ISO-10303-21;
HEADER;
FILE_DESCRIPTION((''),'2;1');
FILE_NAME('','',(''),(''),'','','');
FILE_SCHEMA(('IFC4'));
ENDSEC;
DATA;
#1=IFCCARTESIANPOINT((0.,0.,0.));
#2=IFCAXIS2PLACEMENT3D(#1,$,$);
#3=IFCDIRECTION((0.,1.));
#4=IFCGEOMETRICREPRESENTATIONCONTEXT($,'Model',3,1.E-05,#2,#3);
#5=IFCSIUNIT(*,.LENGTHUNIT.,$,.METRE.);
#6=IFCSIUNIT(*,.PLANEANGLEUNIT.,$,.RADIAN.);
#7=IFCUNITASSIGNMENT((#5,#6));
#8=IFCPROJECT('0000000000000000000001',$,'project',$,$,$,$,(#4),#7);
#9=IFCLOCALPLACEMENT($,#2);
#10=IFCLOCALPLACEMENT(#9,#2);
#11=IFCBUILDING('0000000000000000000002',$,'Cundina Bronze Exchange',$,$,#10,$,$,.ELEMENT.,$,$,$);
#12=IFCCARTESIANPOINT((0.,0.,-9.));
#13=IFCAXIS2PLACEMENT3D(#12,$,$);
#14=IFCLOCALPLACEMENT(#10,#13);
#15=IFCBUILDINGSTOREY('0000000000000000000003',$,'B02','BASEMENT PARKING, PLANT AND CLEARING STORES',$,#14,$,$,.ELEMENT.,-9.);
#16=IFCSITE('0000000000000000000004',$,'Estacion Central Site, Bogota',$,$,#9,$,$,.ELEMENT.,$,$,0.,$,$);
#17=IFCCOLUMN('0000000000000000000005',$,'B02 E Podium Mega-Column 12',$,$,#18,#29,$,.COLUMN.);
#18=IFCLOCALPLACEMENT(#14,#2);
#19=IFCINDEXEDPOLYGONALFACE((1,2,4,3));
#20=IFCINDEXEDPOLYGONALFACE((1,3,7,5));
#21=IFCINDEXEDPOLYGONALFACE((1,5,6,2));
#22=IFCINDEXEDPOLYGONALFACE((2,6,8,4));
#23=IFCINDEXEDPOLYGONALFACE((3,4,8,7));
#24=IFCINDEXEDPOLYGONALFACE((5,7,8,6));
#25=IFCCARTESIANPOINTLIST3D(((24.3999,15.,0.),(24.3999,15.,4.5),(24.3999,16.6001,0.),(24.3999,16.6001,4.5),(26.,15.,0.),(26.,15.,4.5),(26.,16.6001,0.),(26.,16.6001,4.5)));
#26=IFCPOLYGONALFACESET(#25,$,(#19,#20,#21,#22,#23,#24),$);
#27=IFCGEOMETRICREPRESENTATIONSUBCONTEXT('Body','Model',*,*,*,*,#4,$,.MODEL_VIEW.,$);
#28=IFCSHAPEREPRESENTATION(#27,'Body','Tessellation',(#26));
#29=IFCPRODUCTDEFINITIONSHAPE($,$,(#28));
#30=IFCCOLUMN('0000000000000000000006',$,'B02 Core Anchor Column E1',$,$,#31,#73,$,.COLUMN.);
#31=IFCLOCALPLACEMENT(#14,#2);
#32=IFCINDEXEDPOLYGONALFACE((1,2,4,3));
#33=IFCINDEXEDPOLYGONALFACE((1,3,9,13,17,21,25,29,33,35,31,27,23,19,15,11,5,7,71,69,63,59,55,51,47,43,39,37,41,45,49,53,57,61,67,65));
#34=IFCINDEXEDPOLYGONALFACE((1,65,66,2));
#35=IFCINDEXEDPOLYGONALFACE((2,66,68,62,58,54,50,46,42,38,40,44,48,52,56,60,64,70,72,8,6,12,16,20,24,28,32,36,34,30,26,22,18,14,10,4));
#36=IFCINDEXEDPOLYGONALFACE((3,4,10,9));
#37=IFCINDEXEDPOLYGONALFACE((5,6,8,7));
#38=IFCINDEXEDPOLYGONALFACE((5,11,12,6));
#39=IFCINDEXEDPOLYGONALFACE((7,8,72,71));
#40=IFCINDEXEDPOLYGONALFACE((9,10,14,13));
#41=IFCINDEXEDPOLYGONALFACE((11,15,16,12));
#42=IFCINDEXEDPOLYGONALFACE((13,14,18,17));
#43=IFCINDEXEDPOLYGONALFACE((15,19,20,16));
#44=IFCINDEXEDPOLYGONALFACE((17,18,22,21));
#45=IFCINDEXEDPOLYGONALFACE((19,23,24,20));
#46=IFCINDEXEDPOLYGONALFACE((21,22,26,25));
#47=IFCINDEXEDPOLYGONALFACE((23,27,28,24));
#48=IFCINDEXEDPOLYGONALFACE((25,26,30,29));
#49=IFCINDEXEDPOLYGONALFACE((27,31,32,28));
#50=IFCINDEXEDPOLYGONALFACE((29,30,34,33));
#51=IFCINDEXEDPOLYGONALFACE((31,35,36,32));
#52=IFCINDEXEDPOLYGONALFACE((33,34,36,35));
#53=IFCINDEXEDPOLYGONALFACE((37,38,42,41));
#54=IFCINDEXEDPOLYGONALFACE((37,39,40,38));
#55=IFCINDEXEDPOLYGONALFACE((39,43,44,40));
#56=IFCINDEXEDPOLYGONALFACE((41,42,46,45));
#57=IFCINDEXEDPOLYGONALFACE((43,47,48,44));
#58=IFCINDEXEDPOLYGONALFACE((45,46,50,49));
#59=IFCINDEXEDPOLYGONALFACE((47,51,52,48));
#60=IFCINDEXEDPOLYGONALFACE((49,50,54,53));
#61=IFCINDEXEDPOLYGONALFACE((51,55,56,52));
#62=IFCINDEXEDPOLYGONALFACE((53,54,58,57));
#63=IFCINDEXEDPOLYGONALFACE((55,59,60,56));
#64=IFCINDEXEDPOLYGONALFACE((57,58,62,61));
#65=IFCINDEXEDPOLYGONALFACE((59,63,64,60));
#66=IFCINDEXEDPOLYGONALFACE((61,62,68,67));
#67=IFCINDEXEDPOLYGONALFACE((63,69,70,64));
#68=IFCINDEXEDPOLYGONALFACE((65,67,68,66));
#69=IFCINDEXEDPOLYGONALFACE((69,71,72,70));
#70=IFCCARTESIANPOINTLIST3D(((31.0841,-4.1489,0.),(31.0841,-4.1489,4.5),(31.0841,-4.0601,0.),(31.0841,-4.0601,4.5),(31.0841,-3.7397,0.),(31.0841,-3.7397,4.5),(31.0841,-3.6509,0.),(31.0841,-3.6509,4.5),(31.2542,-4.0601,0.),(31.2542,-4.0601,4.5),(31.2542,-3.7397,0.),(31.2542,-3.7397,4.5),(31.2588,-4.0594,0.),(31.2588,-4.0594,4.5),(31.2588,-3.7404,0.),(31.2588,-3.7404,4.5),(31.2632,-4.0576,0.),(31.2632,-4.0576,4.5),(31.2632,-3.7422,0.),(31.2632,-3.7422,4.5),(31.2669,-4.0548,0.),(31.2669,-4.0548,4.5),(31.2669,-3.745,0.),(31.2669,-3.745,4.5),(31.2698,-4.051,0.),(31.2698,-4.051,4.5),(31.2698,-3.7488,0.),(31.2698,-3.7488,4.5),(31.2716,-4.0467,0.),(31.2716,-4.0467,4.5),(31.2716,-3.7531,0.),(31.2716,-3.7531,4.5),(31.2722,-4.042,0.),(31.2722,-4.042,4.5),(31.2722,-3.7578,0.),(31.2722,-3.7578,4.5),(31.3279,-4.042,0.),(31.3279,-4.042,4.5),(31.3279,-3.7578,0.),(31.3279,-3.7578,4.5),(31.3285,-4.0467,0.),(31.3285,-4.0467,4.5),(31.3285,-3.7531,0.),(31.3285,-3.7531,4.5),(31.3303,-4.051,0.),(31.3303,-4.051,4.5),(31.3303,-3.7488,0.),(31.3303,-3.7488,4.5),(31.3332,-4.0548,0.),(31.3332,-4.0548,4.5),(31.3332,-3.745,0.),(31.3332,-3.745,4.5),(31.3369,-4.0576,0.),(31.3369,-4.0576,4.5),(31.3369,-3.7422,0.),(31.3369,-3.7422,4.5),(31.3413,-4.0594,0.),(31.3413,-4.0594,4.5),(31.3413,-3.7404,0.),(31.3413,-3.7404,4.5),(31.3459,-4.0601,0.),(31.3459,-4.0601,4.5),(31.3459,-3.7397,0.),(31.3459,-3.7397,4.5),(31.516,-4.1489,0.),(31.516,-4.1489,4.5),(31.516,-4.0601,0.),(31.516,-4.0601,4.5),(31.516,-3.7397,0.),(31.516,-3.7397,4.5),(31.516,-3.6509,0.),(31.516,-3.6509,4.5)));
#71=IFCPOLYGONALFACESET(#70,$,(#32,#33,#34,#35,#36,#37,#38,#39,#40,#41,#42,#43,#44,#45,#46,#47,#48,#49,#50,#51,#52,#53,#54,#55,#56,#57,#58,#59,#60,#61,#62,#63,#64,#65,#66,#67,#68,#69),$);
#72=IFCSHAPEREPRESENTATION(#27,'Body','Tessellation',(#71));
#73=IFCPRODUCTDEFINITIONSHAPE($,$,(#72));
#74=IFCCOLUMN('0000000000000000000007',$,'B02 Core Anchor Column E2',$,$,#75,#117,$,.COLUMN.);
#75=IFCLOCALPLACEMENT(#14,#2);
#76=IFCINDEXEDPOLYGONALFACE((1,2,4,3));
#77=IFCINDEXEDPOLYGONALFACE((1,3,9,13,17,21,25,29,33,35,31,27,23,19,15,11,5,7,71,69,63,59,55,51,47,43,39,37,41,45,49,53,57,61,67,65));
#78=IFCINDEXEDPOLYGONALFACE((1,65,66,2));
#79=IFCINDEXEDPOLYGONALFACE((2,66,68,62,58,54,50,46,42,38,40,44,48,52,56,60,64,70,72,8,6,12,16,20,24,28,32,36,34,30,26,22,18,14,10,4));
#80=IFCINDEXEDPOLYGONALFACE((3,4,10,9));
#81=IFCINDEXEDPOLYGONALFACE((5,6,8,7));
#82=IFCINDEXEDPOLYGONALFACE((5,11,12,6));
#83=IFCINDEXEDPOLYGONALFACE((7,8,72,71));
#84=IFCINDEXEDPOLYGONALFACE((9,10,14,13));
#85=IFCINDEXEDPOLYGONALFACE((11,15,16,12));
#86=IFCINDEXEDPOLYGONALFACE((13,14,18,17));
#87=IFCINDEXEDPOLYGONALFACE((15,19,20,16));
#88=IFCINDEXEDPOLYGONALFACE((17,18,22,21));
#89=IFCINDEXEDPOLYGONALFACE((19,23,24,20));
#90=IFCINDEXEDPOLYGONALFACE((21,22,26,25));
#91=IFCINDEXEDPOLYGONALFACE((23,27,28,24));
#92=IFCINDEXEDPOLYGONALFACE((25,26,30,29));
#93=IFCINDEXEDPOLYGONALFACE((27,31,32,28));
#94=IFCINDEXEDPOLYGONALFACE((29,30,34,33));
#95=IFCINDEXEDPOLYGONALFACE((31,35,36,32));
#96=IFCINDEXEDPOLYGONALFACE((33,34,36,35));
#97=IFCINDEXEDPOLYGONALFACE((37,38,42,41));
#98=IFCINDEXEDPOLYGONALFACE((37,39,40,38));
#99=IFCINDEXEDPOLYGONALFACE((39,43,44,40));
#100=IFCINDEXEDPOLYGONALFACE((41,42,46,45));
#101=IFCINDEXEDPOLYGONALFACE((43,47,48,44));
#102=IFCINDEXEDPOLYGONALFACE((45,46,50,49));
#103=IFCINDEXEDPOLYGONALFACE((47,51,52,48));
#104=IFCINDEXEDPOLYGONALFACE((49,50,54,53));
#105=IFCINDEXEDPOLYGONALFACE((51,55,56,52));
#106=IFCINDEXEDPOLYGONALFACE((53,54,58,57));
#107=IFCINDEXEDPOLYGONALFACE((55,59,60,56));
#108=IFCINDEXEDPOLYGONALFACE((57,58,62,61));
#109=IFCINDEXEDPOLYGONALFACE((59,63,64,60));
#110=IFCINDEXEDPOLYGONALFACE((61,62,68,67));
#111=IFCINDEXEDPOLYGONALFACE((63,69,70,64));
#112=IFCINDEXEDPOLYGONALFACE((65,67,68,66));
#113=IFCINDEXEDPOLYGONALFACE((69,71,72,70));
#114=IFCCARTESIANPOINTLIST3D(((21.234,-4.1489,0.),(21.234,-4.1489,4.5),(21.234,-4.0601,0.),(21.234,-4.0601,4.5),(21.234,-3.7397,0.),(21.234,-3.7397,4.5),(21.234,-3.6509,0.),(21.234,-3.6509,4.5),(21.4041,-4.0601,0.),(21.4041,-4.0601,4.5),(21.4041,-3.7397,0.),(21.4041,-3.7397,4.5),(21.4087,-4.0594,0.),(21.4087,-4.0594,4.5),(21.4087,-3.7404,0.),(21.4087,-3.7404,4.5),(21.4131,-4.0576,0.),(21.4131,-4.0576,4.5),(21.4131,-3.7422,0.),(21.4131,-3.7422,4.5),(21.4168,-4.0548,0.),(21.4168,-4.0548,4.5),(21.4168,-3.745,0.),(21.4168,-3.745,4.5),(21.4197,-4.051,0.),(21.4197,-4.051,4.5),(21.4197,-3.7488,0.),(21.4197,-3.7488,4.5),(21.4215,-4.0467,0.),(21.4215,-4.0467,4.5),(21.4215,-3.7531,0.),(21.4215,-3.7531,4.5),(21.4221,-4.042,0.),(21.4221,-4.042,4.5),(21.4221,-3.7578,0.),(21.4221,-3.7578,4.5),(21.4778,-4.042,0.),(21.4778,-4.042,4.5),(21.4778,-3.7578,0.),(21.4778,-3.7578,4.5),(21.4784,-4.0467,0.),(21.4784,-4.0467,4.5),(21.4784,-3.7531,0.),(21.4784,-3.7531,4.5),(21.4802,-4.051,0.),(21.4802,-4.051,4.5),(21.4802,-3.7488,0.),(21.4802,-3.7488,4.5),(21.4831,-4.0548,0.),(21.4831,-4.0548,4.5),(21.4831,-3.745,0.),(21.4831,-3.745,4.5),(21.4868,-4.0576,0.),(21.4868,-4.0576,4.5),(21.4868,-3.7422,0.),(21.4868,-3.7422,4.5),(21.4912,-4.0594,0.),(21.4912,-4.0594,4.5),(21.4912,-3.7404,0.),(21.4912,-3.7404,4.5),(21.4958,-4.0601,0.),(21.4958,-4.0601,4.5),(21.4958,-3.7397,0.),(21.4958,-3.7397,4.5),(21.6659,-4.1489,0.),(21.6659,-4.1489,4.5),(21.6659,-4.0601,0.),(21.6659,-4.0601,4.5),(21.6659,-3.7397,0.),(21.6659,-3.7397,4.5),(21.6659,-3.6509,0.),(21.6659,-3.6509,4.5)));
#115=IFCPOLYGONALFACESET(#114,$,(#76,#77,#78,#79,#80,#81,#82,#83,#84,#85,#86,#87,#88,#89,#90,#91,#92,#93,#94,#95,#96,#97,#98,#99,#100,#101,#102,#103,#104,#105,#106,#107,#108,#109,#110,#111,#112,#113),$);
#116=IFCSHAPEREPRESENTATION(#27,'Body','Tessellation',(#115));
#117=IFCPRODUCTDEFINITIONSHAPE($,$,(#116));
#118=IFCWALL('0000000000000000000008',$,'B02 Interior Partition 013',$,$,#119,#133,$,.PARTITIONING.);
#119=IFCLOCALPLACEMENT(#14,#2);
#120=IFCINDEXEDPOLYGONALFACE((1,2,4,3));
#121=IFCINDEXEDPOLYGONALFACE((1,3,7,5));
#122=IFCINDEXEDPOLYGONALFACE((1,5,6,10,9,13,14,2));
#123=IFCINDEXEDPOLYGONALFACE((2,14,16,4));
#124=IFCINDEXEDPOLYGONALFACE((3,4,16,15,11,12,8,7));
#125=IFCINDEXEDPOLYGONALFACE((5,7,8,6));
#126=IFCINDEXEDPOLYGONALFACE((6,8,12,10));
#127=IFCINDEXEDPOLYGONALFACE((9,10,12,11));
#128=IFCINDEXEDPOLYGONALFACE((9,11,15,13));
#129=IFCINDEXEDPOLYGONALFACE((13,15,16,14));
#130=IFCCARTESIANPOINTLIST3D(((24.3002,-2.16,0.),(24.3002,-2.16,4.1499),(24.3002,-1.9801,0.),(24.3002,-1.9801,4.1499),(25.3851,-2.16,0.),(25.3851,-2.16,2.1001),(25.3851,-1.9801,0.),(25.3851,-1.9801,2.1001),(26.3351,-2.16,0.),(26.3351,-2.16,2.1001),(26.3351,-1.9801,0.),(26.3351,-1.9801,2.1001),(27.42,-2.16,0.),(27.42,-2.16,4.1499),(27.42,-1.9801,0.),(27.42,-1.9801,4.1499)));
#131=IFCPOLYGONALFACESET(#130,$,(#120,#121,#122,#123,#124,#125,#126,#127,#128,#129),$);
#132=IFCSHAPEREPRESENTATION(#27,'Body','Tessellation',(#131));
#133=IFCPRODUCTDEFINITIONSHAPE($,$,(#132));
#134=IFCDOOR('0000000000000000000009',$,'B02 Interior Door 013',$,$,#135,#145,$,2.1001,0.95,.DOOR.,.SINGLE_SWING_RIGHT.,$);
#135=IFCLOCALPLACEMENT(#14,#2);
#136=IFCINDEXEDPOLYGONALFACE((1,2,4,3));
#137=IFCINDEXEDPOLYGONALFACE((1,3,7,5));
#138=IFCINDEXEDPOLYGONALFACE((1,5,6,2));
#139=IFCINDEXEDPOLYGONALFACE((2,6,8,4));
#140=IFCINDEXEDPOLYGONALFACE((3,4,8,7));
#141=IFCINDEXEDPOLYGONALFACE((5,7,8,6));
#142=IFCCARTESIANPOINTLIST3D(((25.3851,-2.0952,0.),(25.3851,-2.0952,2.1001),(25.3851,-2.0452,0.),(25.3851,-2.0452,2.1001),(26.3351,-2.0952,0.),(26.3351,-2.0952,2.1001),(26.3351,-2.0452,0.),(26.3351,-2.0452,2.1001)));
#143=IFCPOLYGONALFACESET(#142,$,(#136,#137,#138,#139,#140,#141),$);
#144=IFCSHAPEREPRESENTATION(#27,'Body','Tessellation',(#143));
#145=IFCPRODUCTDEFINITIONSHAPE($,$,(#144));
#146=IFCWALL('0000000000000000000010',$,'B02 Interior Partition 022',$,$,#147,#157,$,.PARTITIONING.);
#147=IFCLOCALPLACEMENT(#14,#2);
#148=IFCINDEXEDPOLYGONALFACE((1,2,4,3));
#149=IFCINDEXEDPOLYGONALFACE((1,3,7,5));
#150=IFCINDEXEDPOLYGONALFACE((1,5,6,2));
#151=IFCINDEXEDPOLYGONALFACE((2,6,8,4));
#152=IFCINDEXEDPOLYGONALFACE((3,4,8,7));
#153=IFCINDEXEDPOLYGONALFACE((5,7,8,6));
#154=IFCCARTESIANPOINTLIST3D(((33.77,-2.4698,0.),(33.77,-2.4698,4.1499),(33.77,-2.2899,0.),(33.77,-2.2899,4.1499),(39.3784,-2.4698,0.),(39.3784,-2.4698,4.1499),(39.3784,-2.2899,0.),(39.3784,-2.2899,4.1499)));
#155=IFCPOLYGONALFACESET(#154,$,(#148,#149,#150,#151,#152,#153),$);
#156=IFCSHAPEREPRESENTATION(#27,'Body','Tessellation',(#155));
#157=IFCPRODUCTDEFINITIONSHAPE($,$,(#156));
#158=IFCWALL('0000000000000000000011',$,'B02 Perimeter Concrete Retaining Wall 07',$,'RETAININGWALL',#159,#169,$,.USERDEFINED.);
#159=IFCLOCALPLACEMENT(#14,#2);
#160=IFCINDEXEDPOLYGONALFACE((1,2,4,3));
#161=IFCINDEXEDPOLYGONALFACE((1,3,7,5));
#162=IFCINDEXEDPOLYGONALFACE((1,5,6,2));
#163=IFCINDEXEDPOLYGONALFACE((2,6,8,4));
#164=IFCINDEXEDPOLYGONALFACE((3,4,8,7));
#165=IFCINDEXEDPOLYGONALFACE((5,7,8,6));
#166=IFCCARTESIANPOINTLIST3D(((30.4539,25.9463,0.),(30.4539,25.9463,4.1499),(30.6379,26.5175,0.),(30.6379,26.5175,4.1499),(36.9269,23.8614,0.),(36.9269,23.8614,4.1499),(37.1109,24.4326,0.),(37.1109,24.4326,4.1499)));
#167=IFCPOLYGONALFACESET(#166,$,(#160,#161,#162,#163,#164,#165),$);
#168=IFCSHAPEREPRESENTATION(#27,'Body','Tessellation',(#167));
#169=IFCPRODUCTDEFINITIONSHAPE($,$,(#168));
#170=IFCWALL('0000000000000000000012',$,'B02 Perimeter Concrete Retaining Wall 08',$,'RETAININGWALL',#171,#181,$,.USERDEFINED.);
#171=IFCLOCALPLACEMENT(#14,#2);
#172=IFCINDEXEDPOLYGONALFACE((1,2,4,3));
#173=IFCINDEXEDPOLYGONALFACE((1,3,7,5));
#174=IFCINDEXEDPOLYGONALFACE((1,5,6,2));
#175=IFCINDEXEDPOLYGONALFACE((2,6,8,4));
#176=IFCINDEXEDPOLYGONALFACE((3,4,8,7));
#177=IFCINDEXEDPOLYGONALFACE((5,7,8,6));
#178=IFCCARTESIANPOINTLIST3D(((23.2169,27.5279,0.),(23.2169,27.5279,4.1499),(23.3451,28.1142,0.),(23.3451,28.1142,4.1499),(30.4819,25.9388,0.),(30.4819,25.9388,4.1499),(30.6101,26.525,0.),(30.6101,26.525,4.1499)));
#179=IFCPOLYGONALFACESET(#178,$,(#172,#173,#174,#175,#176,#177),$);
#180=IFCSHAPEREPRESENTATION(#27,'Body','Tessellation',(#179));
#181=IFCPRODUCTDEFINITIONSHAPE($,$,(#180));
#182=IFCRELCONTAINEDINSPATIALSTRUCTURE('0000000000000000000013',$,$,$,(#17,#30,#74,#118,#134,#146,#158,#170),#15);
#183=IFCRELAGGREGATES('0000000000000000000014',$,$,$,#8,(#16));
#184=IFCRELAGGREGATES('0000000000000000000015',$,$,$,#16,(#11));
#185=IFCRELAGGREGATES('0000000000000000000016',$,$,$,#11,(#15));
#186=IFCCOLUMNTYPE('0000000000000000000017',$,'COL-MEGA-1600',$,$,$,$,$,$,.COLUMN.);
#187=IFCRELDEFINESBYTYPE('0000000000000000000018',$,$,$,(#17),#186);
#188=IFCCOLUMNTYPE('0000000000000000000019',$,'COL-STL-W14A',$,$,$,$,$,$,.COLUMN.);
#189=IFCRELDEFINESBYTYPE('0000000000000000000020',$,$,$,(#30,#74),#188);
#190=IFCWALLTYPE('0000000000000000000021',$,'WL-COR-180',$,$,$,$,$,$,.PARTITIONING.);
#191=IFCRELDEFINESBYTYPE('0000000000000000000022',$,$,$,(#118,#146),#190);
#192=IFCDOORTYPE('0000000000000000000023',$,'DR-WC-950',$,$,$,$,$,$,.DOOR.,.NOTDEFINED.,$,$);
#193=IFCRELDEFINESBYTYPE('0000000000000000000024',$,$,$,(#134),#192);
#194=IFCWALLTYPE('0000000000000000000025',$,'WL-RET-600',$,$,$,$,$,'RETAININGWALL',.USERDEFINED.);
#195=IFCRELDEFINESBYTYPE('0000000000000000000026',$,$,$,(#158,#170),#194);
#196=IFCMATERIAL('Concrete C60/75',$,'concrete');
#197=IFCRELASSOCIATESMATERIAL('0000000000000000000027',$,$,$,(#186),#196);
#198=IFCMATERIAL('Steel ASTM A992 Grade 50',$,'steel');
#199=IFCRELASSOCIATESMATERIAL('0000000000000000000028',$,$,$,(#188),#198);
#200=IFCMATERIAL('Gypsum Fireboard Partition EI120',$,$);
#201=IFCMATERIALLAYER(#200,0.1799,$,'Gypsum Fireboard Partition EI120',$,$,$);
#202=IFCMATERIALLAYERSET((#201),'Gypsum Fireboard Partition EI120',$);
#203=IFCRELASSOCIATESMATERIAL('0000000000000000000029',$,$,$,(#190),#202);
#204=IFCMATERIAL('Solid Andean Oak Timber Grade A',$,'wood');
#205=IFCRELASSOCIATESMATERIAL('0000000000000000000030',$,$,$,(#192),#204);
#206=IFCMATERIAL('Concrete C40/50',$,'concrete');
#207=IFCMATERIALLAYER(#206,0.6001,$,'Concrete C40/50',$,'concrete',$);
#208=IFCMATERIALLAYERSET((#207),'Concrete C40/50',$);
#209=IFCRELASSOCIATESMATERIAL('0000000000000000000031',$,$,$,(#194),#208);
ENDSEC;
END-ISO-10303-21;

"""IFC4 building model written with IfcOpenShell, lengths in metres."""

from ifc_helpers import new_model, si_unit, direction, frame, frame_2d, origin, origin_2d, place, context, subcontext, project, spatial, rectangle, i_section, extrude, material, layer, layer_set, material_profile, profile_set, type_object, element, fill, save


model = new_model("IFC4")

# Units and contexts
model_context = context("Model", 3, precision=1e-05, world=origin(), true_north=direction((0.0, 1.0)))
body_context = subcontext(model_context, "Body", "Model", "MODEL_VIEW")
ifc_project = project(units=[si_unit("LENGTHUNIT", "METRE"), si_unit("PLANEANGLEUNIT", "RADIAN")], contexts=[model_context])

# Site, building, storey
site_placement = place(None, origin())
site = spatial("IfcSite", under=ifc_project, at=site_placement, Name="Estacion Central Site, Bogota", CompositionType="ELEMENT", RefElevation=0.0)
building_placement = place(site_placement, origin())
building = spatial("IfcBuilding", under=site, at=building_placement, Name="Cundina Bronze Exchange", CompositionType="ELEMENT")
storey_placement = place(building_placement, frame((0.0, 0.0, -9.0)))
storey = spatial("IfcBuildingStorey", under=building, at=storey_placement, Name="B02", Description="BASEMENT PARKING, PLANT AND CLEARING STORES", CompositionType="ELEMENT", Elevation=-9.0)

# Shared definitions
ifc_material_1 = material(Name="Concrete C40/50", Category="concrete")

# Columns
ifc_material_2 = material(Name="Concrete C60/75", Category="concrete")
ifc_material_profile_1 = material_profile(ifc_material_2, rectangle(XDim=1.6001, YDim=1.6001, at=origin_2d()), Name="RC1600X1600", Category="concrete")
ifc_profile_set_1 = profile_set([ifc_material_profile_1], Name="Concrete C60/75")
column_type_1 = type_object("IfcColumnType", Name="COL-MEGA-1600", PredefinedType="COLUMN", material=ifc_profile_set_1)
column_placement = place(storey_placement, frame((25.2, 15.8, 0.0), z_axis=(0.0, 0.0, 1.0), x_axis=(1.0, 0.0, 0.0)))
element("IfcColumn", 1, at=column_placement, inside=storey, type_object=column_type_1, Name="B02 E Podium Mega-Column 12", PredefinedType="COLUMN", context=body_context, shape_type="SweptSolid", body=[
    extrude(rectangle(XDim=1.6001, YDim=1.6001, at=origin_2d()), origin(), (0.0, 0.0, 1.0), 4.5),
])
ifc_material_3 = material(Name="Steel ASTM A992 Grade 50", Category="steel")
ifc_material_profile_2 = material_profile(ifc_material_3, i_section(OverallWidth=0.4319, OverallDepth=0.498, WebThickness=0.0557, FlangeThickness=0.0889, FilletRadius=0.0181, at=origin_2d()), Name="W14X500", Category="steel")
ifc_profile_set_2 = profile_set([ifc_material_profile_2], Name="Steel ASTM A992 Grade 50")
column_type_2 = type_object("IfcColumnType", Name="COL-STL-W14A", PredefinedType="COLUMN", material=ifc_profile_set_2)
for number, where, z_axis, x_axis, name in (
    (2, (31.3, -3.8999, 0.0), (0.0, 0.0, 1.0), (1.0, 0.0, 0.0), "B02 Core Anchor Column E1"),
    (3, (21.45, -3.8999, 0.0), (0.0, 0.0, 1.0), (1.0, 0.0, 0.0), "B02 Core Anchor Column E2"),
):
    element("IfcColumn", number, at=place(storey_placement, frame(where, z_axis=z_axis, x_axis=x_axis)), inside=storey, type_object=column_type_2, Name=name, PredefinedType="COLUMN", context=body_context, shape_type="SweptSolid", body=[
        extrude(i_section(OverallWidth=0.4319, OverallDepth=0.498, WebThickness=0.0557, FlangeThickness=0.0889, FilletRadius=0.0181, at=origin_2d()), origin(), (0.0, 0.0, 1.0), 4.5),
    ])

# Wall, opening, door
ifc_material_4 = material(Name="Gypsum Fireboard Partition EI120")
ifc_layer_1 = layer(ifc_material_4, 0.1799, Name="Gypsum Fireboard Partition EI120")
ifc_layer_set_1 = layer_set([ifc_layer_1], Name="Gypsum Fireboard Partition EI120")
wall_type_1 = type_object("IfcWallType", Name="WL-COR-180", PredefinedType="PARTITIONING", material=ifc_layer_set_1)
wall_1_placement = place(storey_placement, frame((24.3, -2.0701, 0.0), z_axis=(0.0, 0.0, 1.0), x_axis=(1.0, 0.0, 0.0)))
wall_1 = element("IfcWall", 4, at=wall_1_placement, inside=storey, type_object=wall_type_1, Name="B02 Interior Partition 013", PredefinedType="PARTITIONING", context=body_context, shape_type="SweptSolid", body=[
    extrude(rectangle(XDim=3.1199, YDim=0.1799, at=frame_2d((1.5601, 0.0))), origin(), (0.0, 0.0, 1.0), 4.1499),
])
opening_1_placement = place(wall_1_placement, frame((1.085, 0.0, 0.0)))
opening_1 = element("IfcOpeningElement", 5, at=opening_1_placement, cuts=wall_1, PredefinedType="OPENING", context=body_context, shape_type="SweptSolid", body=[
    extrude(rectangle(XDim=0.95, YDim=2.1001, at=frame_2d((0.4751, 1.05))), frame((0.0, 0.0999, 0.0), z_axis=(0.0, -1.0, 0.0), x_axis=(1.0, 0.0, 0.0)), (0.0, 0.0, 1.0), 0.2),
])
ifc_material_5 = material(Name="Solid Andean Oak Timber Grade A", Category="wood")
door_type_1 = type_object("IfcDoorType", Name="DR-WC-950", OperationType="NOTDEFINED", PredefinedType="DOOR", material=ifc_material_5)
door_1_placement = place(opening_1_placement, origin())
door_1 = element("IfcDoor", 6, at=door_1_placement, inside=storey, type_object=door_type_1, Name="B02 Interior Door 013", OperationType="SINGLE_SWING_RIGHT", OverallHeight=2.1001, OverallWidth=0.95, PredefinedType="DOOR", context=body_context, shape_type="SweptSolid", body=[
    extrude(rectangle(XDim=0.95, YDim=2.1001, at=frame_2d((0.4751, 1.05))), frame((0.0, 0.0249, 0.0), z_axis=(0.0, -1.0, 0.0), x_axis=(1.0, 0.0, 0.0)), (0.0, 0.0, 1.0), 0.05),
])
fill(opening_1, door_1)

# Walls
wall_2_placement = place(storey_placement, frame((33.77, -2.3799, 0.0), z_axis=(0.0, 0.0, 1.0), x_axis=(1.0, 0.0, 0.0)))
element("IfcWall", 7, at=wall_2_placement, inside=storey, type_object=wall_type_1, Name="B02 Interior Partition 022", PredefinedType="PARTITIONING", context=body_context, shape_type="SweptSolid", body=[
    extrude(rectangle(XDim=5.6084, YDim=0.1799, at=frame_2d((2.8042, 0.0))), origin(), (0.0, 0.0, 1.0), 4.1499),
])
ifc_layer_2 = layer(ifc_material_1, 0.6001, Name="Concrete C40/50", Category="concrete")
ifc_layer_set_2 = layer_set([ifc_layer_2], Name="Concrete C40/50")
wall_type_2 = type_object("IfcWallType", Name="WL-RET-600", ElementType="RETAININGWALL", PredefinedType="USERDEFINED", material=ifc_layer_set_2)
wall_3_placement = place(storey_placement, frame((37.019, 24.147, 0.0), z_axis=(0.0, 0.0, 1.0), x_axis=(-0.951844, 0.306583, 0.0)))
element("IfcWall", 8, at=wall_3_placement, inside=storey, type_object=wall_type_2, Name="B02 Perimeter Concrete Retaining Wall 07", ObjectType="RETAININGWALL", PredefinedType="USERDEFINED", context=body_context, shape_type="SweptSolid", body=[
    extrude(rectangle(XDim=6.8005, YDim=0.6001, at=frame_2d((3.4004, 0.0))), origin(), (0.0, 0.0, 1.0), 4.1499),
])
wall_4_placement = place(storey_placement, frame((30.5459, 26.2319, 0.0), z_axis=(0.0, 0.0, 1.0), x_axis=(-0.976902, 0.213686, 0.0)))
element("IfcWall", 9, at=wall_4_placement, inside=storey, type_object=wall_type_2, Name="B02 Perimeter Concrete Retaining Wall 08", ObjectType="RETAININGWALL", PredefinedType="USERDEFINED", context=body_context, shape_type="SweptSolid", body=[
    extrude(rectangle(XDim=7.4368, YDim=0.6001, at=frame_2d((3.7183, 0.0))), origin(), (0.0, 0.0, 1.0), 4.1499),
])

save(model, "model.ifc")
